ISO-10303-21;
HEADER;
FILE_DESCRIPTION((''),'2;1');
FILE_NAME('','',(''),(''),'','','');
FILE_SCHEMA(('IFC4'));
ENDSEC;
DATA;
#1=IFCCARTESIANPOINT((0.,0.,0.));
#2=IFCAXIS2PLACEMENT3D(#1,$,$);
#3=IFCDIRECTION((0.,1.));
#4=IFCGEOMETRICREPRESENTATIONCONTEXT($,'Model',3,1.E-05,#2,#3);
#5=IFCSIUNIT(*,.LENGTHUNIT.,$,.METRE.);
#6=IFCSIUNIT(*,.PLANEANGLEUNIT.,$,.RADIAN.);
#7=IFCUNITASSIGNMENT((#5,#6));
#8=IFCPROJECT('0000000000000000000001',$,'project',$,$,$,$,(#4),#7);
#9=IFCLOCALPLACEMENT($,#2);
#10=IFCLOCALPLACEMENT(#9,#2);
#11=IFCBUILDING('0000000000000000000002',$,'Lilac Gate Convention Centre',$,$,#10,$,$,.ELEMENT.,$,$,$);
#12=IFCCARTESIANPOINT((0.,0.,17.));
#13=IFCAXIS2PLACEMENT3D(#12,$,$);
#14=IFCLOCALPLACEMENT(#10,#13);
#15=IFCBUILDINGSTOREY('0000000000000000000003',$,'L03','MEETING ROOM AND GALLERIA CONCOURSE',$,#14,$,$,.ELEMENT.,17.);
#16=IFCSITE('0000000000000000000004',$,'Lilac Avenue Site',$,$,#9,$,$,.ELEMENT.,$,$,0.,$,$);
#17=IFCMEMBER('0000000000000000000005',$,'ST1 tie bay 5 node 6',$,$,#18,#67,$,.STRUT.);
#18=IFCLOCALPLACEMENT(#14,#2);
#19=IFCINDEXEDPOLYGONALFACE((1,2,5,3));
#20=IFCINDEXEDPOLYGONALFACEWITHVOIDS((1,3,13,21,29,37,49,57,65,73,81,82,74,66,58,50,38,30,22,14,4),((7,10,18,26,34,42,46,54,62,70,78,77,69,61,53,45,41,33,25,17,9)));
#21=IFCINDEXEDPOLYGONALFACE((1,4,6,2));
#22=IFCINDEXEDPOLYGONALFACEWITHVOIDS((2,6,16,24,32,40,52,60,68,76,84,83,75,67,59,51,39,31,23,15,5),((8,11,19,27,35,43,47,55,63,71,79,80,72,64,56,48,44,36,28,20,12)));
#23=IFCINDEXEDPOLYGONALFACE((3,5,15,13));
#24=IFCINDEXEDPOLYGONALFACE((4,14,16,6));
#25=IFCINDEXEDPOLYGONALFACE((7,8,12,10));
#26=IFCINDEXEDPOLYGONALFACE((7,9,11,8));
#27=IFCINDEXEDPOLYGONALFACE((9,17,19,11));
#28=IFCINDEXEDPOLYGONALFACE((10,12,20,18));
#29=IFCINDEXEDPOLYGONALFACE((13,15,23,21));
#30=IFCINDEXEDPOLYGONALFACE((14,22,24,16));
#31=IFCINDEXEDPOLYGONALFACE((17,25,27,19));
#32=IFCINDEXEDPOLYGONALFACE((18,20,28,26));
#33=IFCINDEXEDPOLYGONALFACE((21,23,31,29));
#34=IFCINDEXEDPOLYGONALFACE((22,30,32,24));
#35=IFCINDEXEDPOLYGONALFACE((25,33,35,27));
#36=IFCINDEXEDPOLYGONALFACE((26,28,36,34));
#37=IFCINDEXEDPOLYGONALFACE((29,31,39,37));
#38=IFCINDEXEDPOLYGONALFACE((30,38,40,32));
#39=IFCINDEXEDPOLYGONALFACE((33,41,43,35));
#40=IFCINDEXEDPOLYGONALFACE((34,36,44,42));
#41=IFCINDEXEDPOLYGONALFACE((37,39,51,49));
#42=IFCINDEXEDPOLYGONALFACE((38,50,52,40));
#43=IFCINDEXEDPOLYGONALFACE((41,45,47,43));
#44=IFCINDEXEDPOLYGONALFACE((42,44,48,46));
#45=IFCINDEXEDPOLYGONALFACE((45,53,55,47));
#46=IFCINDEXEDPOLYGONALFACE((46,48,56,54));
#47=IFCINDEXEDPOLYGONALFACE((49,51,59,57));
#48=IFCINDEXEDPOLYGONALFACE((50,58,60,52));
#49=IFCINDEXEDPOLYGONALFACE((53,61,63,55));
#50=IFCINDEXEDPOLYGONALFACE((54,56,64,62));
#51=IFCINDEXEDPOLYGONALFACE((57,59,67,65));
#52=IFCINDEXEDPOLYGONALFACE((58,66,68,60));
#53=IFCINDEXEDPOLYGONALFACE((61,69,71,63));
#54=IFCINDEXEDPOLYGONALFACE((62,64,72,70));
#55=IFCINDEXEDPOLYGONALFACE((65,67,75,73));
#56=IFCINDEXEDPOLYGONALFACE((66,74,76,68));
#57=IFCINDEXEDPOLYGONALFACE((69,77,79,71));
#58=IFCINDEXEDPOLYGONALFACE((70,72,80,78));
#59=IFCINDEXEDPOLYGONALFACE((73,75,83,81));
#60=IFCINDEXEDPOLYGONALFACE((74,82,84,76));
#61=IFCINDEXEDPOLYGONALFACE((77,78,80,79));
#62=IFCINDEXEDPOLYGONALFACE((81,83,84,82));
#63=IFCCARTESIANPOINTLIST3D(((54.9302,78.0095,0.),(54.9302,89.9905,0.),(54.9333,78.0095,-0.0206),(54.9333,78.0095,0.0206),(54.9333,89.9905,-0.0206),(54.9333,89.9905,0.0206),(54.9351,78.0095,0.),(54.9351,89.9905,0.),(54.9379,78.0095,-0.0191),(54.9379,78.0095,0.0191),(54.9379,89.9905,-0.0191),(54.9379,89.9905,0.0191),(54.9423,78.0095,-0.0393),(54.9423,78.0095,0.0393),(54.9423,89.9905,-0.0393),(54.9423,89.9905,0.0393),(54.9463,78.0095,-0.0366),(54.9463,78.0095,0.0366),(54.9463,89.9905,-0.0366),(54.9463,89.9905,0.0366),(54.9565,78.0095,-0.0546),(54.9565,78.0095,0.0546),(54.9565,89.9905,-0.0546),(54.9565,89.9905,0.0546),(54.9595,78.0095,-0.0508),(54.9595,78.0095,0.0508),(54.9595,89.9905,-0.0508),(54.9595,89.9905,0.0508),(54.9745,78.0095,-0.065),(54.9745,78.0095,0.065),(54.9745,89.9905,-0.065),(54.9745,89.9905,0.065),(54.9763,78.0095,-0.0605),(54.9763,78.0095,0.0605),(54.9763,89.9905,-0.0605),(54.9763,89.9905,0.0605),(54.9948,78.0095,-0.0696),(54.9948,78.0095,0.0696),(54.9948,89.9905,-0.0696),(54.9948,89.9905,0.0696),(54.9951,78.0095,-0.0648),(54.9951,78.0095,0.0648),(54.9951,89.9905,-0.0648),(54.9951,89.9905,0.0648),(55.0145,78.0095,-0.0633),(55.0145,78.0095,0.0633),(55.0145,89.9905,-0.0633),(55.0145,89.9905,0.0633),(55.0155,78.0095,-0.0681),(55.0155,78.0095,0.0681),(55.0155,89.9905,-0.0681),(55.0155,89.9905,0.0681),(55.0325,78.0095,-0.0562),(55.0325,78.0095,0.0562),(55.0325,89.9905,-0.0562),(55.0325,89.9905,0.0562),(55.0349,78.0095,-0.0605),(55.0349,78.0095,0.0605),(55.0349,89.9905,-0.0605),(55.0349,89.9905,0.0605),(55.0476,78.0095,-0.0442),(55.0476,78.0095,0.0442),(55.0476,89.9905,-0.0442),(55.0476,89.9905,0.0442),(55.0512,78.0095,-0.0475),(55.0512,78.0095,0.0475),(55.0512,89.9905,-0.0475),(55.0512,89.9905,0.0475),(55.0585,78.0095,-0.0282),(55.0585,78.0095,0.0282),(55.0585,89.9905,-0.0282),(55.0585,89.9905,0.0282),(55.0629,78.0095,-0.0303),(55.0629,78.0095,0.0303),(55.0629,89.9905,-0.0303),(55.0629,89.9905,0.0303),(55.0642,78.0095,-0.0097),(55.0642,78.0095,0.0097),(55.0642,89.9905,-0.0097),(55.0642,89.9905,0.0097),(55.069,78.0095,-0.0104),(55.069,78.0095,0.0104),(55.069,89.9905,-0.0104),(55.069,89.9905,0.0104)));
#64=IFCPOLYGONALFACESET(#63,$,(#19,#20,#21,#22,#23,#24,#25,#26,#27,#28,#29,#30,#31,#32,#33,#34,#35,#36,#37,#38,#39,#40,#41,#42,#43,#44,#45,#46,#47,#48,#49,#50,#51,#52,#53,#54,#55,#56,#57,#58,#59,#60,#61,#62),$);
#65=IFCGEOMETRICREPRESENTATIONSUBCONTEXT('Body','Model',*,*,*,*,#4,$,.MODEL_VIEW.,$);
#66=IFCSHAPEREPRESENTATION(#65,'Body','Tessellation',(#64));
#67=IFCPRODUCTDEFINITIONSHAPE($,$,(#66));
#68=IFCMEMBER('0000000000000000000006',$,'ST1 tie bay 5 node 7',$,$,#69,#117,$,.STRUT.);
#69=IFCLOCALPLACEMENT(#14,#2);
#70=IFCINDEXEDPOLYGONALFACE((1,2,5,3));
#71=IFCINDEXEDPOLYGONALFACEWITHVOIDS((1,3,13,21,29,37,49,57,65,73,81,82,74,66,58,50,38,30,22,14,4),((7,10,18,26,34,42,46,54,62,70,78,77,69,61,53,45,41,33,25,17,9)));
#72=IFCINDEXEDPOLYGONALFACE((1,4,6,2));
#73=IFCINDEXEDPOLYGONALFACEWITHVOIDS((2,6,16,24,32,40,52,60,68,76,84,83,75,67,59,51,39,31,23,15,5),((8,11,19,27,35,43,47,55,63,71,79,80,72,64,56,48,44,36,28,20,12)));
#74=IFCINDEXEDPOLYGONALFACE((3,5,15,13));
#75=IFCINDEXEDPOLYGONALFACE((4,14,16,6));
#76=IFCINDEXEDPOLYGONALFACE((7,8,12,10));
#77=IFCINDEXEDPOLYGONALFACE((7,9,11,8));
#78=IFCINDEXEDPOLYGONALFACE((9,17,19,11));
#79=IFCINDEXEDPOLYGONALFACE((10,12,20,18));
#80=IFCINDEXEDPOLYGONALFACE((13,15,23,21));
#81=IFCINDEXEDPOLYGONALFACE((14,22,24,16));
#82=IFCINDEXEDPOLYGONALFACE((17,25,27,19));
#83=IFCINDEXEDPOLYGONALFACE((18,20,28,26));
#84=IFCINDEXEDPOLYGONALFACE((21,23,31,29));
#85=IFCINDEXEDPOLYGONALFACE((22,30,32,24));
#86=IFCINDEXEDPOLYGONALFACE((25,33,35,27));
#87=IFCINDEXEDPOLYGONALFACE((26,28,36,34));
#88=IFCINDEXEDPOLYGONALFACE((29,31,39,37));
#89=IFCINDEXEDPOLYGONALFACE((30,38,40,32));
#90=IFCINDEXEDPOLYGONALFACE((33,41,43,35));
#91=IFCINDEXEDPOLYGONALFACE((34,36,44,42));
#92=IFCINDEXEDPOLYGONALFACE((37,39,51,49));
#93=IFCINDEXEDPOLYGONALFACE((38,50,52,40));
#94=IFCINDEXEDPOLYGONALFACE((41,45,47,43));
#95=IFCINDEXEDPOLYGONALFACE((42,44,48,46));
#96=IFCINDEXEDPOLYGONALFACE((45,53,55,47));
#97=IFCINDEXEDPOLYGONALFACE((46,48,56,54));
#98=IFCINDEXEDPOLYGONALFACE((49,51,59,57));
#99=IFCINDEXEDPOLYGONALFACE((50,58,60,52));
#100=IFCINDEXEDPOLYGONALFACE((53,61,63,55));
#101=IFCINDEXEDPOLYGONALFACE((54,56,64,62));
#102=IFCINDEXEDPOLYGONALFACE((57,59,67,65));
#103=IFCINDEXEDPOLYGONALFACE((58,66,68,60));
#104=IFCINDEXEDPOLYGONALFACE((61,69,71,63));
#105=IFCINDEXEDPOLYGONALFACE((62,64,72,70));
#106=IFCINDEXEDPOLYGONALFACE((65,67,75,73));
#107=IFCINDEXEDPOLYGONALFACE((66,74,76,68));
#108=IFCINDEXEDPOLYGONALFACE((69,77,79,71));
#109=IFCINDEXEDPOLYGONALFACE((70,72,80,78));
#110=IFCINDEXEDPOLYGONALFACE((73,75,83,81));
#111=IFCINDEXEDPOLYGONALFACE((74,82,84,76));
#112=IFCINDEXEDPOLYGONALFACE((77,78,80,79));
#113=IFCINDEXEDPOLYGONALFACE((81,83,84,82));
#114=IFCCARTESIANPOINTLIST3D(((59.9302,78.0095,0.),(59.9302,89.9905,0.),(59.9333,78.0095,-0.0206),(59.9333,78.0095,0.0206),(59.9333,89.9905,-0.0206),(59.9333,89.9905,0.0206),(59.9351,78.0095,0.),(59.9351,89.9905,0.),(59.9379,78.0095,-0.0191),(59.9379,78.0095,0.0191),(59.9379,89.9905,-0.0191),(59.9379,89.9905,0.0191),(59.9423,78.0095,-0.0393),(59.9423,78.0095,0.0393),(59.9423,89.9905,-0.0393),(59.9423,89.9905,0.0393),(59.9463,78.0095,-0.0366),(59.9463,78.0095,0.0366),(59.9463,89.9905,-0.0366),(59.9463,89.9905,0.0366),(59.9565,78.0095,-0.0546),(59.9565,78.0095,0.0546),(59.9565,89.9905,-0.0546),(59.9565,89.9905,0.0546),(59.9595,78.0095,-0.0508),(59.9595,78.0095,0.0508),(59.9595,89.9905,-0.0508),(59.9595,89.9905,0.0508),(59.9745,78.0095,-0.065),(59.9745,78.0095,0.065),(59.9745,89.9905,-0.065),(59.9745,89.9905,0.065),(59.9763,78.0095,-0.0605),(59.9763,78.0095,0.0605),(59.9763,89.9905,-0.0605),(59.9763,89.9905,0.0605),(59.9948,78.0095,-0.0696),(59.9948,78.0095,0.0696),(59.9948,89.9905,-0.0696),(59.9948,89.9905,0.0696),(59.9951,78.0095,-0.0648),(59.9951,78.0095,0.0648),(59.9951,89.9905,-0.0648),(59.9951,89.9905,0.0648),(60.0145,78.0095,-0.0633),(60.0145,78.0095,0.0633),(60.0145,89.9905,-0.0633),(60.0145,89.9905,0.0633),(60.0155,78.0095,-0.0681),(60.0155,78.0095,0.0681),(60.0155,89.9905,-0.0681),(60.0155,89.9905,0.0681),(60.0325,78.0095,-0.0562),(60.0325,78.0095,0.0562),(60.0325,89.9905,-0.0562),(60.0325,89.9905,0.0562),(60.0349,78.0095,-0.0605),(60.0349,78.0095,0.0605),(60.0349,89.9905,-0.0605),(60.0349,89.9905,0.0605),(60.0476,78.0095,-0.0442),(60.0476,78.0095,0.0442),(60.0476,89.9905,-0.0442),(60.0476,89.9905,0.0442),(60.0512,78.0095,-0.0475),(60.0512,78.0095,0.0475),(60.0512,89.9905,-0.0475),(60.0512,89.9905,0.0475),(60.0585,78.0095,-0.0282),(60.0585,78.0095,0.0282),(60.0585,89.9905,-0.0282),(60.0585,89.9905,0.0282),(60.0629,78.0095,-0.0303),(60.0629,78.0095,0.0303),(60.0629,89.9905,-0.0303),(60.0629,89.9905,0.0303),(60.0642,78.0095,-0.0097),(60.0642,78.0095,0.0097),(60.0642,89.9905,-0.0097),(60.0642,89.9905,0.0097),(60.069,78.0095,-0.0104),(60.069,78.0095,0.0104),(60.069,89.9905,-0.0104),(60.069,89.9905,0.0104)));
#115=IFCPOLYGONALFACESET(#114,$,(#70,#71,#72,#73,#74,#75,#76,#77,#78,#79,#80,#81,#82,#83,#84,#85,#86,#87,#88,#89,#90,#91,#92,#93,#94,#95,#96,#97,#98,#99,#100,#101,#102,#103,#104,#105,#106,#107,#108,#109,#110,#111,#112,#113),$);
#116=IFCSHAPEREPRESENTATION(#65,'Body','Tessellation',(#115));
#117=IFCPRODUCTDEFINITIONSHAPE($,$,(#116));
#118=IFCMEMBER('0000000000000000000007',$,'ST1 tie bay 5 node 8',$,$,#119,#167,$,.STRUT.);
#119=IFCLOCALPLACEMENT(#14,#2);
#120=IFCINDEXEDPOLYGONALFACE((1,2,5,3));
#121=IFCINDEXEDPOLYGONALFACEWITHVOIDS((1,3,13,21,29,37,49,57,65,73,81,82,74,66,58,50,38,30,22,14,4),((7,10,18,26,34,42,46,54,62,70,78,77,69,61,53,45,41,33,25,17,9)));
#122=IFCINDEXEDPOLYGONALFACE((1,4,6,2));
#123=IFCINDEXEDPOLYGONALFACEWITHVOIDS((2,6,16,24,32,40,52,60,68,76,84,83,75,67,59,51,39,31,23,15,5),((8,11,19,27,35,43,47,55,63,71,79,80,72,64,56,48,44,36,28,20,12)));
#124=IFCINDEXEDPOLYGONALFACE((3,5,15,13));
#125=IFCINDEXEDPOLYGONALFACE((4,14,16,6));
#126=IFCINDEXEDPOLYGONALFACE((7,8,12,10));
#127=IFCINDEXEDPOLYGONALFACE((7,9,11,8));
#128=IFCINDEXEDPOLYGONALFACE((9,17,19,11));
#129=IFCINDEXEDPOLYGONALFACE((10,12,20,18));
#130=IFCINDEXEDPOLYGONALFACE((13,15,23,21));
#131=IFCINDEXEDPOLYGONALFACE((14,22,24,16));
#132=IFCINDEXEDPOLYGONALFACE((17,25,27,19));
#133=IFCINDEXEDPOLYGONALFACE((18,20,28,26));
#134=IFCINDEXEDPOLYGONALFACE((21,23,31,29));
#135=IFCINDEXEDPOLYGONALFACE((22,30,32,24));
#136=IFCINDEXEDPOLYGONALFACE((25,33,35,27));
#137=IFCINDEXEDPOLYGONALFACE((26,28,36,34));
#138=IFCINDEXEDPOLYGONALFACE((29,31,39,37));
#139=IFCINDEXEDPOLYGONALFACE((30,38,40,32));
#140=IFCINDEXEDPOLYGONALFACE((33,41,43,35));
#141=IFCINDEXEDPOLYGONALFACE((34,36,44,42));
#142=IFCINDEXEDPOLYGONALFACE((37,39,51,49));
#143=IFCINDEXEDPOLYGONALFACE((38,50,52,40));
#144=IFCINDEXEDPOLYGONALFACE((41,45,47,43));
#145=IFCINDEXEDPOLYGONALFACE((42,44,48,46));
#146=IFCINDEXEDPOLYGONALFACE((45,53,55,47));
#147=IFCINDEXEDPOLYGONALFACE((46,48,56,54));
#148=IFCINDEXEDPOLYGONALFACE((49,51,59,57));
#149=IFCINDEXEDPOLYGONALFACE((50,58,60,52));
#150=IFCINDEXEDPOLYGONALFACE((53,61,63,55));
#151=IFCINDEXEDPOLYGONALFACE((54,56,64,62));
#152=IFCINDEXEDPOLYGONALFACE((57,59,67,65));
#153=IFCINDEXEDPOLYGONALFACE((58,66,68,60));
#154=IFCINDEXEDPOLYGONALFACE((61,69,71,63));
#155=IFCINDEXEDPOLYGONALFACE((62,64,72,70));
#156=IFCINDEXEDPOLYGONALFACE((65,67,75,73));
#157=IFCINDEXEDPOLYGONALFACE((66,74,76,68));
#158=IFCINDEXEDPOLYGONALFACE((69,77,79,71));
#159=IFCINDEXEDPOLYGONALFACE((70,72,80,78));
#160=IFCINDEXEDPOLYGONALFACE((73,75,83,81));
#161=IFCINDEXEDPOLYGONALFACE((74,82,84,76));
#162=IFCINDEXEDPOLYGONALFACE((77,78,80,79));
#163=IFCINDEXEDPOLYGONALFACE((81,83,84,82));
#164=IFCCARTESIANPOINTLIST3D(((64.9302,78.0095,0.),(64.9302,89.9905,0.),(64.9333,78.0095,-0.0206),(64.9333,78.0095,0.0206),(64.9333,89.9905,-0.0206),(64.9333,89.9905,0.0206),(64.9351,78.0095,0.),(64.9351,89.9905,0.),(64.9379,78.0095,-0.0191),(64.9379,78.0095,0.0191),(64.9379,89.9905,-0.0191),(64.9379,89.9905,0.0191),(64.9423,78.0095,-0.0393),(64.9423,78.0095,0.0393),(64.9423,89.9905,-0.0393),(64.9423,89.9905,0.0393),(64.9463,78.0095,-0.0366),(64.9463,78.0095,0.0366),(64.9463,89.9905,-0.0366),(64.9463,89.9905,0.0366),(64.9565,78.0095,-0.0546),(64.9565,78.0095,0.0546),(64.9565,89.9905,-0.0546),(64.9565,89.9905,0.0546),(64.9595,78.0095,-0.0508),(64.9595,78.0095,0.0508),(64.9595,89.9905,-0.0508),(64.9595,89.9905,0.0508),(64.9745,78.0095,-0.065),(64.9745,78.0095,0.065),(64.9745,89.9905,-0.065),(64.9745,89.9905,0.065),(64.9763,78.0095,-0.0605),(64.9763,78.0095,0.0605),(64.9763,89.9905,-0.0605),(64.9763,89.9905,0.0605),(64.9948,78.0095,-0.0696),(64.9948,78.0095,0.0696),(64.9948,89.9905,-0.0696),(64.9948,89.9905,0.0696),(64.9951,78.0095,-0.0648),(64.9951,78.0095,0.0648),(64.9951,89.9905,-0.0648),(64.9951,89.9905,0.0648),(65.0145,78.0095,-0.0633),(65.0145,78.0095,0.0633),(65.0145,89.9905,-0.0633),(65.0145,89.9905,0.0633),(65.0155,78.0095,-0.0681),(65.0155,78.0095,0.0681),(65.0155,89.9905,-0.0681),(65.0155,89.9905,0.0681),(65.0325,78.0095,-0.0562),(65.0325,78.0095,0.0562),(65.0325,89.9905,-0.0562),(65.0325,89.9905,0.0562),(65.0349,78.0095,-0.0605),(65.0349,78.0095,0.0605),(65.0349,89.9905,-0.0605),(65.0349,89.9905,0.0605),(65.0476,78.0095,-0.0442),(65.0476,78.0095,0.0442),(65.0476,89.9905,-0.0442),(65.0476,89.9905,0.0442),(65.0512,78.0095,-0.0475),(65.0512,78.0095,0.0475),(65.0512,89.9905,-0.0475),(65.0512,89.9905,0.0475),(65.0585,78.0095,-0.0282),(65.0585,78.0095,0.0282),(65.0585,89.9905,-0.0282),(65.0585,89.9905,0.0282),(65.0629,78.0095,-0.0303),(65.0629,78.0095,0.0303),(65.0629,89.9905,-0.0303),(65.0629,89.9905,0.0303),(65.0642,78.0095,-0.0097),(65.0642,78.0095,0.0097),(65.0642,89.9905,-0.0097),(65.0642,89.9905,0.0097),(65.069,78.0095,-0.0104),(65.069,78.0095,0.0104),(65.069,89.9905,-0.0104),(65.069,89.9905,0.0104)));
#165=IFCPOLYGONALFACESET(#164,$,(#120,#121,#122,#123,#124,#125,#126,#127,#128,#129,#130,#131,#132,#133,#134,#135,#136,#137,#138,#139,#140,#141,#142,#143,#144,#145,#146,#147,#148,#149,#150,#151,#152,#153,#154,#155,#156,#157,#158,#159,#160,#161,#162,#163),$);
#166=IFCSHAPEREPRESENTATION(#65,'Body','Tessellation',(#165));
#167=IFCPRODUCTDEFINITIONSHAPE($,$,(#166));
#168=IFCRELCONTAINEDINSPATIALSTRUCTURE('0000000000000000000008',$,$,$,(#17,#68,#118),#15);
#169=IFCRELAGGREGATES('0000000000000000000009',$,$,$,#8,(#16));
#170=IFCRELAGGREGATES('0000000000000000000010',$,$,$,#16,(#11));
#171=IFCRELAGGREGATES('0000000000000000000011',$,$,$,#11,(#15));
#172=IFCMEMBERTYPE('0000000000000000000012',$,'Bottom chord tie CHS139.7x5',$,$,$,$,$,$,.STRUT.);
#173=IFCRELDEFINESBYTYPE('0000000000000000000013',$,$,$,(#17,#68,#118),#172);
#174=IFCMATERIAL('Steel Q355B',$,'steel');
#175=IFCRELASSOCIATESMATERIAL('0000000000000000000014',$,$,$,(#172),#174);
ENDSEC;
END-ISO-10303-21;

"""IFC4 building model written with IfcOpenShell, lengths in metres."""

from ifc_helpers import new_model, si_unit, direction, frame, origin, origin_2d, place, context, subcontext, project, spatial, hollow_circle, extrude, material, material_profile, profile_set, type_object, element, save


model = new_model("IFC4")

# Units and contexts
model_context = context("Model", 3, precision=1e-05, world=origin(), true_north=direction((0.0, 1.0)))
body_context = subcontext(model_context, "Body", "Model", "MODEL_VIEW")
ifc_project = project(units=[si_unit("LENGTHUNIT", "METRE"), si_unit("PLANEANGLEUNIT", "RADIAN")], contexts=[model_context])

# Site, building, storey
site_placement = place(None, origin())
site = spatial("IfcSite", under=ifc_project, at=site_placement, Name="Lilac Avenue Site", CompositionType="ELEMENT", RefElevation=0.0)
building_placement = place(site_placement, origin())
building = spatial("IfcBuilding", under=site, at=building_placement, Name="Lilac Gate Convention Centre", CompositionType="ELEMENT")
storey_placement = place(building_placement, frame((0.0, 0.0, 17.0)))
storey = spatial("IfcBuildingStorey", under=building, at=storey_placement, Name="L03", Description="MEETING ROOM AND GALLERIA CONCOURSE", CompositionType="ELEMENT", Elevation=17.0)

# Members
ifc_material = material(Name="Steel Q355B", Category="steel")
ifc_material_profile_1 = material_profile(ifc_material, hollow_circle(Radius=0.0698, WallThickness=0.0049, at=origin_2d()), Name="CHS139.7x5")
ifc_profile_set_1 = profile_set([ifc_material_profile_1], Name="Steel Q355B")
member_type_1 = type_object("IfcMemberType", Name="Bottom chord tie CHS139.7x5", PredefinedType="STRUT", material=ifc_profile_set_1)
for number, where, z_axis, x_axis, name in (
    (1, (55.0, 78.0095, 0.0), (0.0, 1.0, 0.0), (-1.0, 0.0, 0.0), "ST1 tie bay 5 node 6"),
    (2, (60.0, 78.0095, 0.0), (0.0, 1.0, 0.0), (-1.0, 0.0, 0.0), "ST1 tie bay 5 node 7"),
    (3, (65.0, 78.0095, 0.0), (0.0, 1.0, 0.0), (-1.0, 0.0, 0.0), "ST1 tie bay 5 node 8"),
):
    element("IfcMember", number, at=place(storey_placement, frame(where, z_axis=z_axis, x_axis=x_axis)), inside=storey, type_object=member_type_1, Name=name, PredefinedType="STRUT", context=body_context, shape_type="SweptSolid", body=[
        extrude(hollow_circle(Radius=0.0698, WallThickness=0.0049, at=origin_2d()), origin(), (0.0, 0.0, 1.0), 11.981),
    ])

save(model, "model.ifc")
